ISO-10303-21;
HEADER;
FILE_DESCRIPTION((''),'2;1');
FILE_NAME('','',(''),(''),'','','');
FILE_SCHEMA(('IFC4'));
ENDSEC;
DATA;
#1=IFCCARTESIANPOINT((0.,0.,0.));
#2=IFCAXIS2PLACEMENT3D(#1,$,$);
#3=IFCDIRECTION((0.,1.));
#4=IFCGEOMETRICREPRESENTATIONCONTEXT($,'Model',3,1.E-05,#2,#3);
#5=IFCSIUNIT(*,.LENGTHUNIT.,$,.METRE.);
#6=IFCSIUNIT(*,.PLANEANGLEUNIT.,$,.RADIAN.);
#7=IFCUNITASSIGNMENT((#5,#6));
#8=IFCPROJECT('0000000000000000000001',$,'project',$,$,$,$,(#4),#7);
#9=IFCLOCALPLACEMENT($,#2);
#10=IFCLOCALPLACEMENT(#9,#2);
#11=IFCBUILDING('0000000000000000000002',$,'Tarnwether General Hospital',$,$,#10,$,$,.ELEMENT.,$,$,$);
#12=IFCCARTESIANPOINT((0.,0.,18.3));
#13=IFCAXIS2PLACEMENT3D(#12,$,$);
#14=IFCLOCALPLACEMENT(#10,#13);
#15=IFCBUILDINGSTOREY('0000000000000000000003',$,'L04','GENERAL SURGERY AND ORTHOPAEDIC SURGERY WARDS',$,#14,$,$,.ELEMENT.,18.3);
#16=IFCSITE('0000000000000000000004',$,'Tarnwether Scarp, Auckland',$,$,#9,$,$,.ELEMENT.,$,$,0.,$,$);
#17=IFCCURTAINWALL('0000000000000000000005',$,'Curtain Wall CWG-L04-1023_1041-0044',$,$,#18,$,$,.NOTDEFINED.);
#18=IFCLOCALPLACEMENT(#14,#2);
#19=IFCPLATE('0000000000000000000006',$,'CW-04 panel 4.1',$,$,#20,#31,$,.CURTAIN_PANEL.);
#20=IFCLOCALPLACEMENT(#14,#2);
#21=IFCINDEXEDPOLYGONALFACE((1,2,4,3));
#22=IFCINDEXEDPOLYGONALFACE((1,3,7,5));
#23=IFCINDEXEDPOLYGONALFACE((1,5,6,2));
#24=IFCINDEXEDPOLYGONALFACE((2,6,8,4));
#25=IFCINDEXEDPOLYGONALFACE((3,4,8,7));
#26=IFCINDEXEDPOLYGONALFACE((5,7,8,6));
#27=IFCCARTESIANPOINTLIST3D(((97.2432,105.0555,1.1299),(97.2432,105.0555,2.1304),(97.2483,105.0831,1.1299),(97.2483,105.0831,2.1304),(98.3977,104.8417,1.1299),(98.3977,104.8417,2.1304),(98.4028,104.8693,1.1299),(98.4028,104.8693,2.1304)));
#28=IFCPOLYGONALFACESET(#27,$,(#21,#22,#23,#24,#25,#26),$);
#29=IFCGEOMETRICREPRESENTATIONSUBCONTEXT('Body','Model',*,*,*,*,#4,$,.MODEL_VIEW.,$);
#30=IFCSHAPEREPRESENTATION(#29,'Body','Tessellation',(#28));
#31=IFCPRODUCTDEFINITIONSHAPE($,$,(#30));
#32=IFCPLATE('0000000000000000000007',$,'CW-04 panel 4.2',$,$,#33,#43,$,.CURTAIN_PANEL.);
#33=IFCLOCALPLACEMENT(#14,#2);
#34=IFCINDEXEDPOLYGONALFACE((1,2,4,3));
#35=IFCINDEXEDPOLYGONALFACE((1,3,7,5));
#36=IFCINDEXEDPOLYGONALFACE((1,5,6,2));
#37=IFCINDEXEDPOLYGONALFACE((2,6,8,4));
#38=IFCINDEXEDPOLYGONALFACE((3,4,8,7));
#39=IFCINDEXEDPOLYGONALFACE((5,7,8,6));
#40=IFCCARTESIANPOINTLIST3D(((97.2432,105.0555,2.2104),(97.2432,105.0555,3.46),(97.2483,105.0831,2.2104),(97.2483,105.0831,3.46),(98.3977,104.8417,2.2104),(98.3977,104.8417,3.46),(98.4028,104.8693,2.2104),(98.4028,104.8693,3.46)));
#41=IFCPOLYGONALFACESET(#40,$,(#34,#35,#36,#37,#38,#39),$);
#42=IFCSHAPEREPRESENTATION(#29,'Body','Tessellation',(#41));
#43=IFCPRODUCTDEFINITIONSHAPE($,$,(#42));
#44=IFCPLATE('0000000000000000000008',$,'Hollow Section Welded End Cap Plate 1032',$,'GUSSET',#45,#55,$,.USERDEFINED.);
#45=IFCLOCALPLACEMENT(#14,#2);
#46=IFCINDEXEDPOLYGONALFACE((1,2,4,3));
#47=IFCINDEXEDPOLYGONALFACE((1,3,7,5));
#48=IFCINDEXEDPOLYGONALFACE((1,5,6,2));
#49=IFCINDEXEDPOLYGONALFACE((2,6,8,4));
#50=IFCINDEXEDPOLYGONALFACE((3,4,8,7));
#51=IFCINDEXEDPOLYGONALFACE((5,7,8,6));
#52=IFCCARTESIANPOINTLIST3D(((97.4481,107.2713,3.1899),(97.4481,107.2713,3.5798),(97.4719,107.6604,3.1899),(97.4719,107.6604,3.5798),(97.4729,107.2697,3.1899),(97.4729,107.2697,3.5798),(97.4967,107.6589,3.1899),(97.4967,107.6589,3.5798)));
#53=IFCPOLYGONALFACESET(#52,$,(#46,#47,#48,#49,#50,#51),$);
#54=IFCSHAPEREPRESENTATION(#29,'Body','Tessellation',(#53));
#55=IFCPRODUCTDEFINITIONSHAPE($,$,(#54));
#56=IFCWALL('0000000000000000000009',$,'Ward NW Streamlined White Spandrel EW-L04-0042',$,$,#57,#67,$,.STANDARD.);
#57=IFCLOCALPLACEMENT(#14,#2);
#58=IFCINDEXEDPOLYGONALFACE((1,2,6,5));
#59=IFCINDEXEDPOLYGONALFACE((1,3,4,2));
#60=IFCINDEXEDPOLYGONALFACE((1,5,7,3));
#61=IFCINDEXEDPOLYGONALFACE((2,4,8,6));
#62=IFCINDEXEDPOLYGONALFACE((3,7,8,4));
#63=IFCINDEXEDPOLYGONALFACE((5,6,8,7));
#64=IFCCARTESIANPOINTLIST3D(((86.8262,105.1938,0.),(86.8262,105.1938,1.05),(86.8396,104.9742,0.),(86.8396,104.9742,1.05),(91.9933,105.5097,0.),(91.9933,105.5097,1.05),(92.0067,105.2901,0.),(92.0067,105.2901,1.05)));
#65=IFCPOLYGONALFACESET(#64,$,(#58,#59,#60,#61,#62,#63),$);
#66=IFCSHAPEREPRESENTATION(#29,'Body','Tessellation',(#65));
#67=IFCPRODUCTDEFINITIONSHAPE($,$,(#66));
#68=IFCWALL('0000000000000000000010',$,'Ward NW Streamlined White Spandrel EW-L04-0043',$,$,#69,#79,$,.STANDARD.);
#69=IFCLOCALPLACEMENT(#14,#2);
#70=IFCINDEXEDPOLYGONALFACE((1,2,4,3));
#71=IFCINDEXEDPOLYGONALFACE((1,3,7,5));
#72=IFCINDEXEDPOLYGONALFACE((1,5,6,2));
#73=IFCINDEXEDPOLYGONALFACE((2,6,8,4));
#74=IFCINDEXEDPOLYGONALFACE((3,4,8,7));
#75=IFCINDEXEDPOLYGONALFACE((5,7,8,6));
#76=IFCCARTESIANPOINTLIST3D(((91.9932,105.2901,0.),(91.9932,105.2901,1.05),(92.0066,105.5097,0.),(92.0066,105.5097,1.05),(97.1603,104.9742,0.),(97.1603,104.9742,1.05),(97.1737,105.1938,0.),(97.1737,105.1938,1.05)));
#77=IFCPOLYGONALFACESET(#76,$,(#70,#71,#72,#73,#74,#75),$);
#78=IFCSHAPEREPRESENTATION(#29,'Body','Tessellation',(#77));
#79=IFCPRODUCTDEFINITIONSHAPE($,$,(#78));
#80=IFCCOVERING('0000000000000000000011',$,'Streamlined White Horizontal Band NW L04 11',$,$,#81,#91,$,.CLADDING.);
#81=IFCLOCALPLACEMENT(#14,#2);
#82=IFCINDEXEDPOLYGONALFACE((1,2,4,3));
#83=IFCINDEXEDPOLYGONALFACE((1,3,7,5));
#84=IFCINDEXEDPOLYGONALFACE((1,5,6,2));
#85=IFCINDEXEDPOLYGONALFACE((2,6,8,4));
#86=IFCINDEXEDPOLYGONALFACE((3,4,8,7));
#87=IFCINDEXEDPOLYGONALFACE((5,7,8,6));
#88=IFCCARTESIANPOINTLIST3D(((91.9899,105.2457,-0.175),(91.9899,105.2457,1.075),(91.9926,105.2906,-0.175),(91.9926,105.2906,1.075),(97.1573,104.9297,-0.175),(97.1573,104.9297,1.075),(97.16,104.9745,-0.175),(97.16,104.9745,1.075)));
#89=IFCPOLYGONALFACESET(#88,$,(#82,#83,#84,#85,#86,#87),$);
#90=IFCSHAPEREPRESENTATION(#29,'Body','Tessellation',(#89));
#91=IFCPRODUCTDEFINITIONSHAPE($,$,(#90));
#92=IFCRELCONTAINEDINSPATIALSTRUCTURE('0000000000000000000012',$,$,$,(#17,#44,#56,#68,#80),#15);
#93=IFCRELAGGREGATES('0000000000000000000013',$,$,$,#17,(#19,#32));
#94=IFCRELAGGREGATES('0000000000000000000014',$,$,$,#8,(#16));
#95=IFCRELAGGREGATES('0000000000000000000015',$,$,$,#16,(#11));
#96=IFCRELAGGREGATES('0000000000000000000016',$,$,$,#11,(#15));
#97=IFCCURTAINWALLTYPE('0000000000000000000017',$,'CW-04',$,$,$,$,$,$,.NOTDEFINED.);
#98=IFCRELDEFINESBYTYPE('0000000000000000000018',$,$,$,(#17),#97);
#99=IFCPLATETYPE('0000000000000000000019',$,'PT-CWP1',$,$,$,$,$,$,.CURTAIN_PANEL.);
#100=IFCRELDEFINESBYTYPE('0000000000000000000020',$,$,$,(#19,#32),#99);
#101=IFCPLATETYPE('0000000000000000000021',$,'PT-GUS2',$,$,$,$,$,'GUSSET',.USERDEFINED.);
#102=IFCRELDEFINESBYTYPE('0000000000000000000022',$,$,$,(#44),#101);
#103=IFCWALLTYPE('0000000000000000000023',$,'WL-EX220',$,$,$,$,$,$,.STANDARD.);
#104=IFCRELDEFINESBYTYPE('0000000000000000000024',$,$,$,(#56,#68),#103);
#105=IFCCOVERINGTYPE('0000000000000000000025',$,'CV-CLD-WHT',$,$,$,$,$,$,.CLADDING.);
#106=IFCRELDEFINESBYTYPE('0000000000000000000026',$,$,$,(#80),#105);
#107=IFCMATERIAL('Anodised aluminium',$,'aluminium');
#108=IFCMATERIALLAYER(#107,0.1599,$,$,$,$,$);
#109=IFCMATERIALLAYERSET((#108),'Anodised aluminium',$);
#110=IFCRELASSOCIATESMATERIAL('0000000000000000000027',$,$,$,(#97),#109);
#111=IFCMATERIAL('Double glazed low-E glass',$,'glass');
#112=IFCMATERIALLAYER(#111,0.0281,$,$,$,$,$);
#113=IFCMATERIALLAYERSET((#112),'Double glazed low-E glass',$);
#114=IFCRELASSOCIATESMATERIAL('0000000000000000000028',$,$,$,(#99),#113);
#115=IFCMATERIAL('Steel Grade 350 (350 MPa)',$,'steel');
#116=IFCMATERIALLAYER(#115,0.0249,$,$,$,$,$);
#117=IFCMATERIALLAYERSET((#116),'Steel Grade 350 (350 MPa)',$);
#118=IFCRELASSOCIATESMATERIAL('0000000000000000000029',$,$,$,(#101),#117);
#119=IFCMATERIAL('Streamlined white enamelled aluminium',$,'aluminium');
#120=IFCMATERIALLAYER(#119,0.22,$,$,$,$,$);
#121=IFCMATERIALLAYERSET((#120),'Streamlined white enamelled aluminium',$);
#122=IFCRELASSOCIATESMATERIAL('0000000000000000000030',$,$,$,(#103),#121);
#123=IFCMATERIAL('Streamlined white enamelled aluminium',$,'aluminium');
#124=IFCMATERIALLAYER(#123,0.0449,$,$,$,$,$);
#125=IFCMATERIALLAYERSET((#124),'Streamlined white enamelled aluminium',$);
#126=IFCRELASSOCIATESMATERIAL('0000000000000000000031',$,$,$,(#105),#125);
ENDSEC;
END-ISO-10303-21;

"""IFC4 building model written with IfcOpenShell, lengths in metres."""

from ifc_helpers import new_model, si_unit, direction, frame, frame_2d, origin, origin_2d, place, context, subcontext, project, spatial, rectangle, extrude, material, layer, layer_set, type_object, element, aggregate, save


model = new_model("IFC4")

# Units and contexts
model_context = context("Model", 3, precision=1e-05, world=origin(), true_north=direction((0.0, 1.0)))
body_context = subcontext(model_context, "Body", "Model", "MODEL_VIEW")
ifc_project = project(units=[si_unit("LENGTHUNIT", "METRE"), si_unit("PLANEANGLEUNIT", "RADIAN")], contexts=[model_context])

# Site, building, storey
site_placement = place(None, origin())
site = spatial("IfcSite", under=ifc_project, at=site_placement, Name="Tarnwether Scarp, Auckland", CompositionType="ELEMENT", RefElevation=0.0)
building_placement = place(site_placement, origin())
building = spatial("IfcBuilding", under=site, at=building_placement, Name="Tarnwether General Hospital", CompositionType="ELEMENT")
storey_placement = place(building_placement, frame((0.0, 0.0, 18.3)))
storey = spatial("IfcBuildingStorey", under=building, at=storey_placement, Name="L04", Description="GENERAL SURGERY AND ORTHOPAEDIC SURGERY WARDS", CompositionType="ELEMENT", Elevation=18.3)

# Shared definitions
ifc_material_1 = material(Name="Anodised aluminium", Category="aluminium")
ifc_layer_1 = layer(ifc_material_1, 0.1599)
ifc_layer_set_1 = layer_set([ifc_layer_1], Name="Anodised aluminium")
curtain_wall_type = type_object("IfcCurtainWallType", Name="CW-04", PredefinedType="NOTDEFINED", material=ifc_layer_set_1)

# Curtain wall
curtain_wall_1_placement = place(storey_placement, origin())
curtain_wall_1 = element("IfcCurtainWall", 1, at=curtain_wall_1_placement, inside=storey, type_object=curtain_wall_type, Name="Curtain Wall CWG-L04-1023_1041-0044", PredefinedType="NOTDEFINED")

# Plates
ifc_material_2 = material(Name="Double glazed low-E glass", Category="glass")
ifc_layer_2 = layer(ifc_material_2, 0.0281)
ifc_layer_set_2 = layer_set([ifc_layer_2], Name="Double glazed low-E glass")
plate_type_1 = type_object("IfcPlateType", Name="PT-CWP1", PredefinedType="CURTAIN_PANEL", material=ifc_layer_set_2)
plate_1_placement = place(storey_placement, frame((97.823, 104.9624, 1.1299), z_axis=(0.0, 0.0, 1.0), x_axis=(-0.983268, 0.182165, 0.0)))
plate_1 = element("IfcPlate", 2, at=plate_1_placement, type_object=plate_type_1, Name="CW-04 panel 4.1", PredefinedType="CURTAIN_PANEL", context=body_context, shape_type="SweptSolid", body=[
    extrude(rectangle(XDim=1.1741, YDim=0.0281, at=origin_2d()), origin(), (0.0, 0.0, 1.0), 1.0005),
])
plate_2_placement = place(storey_placement, frame((97.823, 104.9624, 2.2104), z_axis=(0.0, 0.0, 1.0), x_axis=(-0.983268, 0.182165, 0.0)))
plate_2 = element("IfcPlate", 3, at=plate_2_placement, type_object=plate_type_1, Name="CW-04 panel 4.2", PredefinedType="CURTAIN_PANEL", context=body_context, shape_type="SweptSolid", body=[
    extrude(rectangle(XDim=1.1741, YDim=0.0281, at=origin_2d()), origin(), (0.0, 0.0, 1.0), 1.2495),
])
aggregate(curtain_wall_1, [plate_1, plate_2])
ifc_material_3 = material(Name="Steel Grade 350 (350 MPa)", Category="steel")
ifc_layer_3 = layer(ifc_material_3, 0.0249)
ifc_layer_set_3 = layer_set([ifc_layer_3], Name="Steel Grade 350 (350 MPa)")
plate_type_2 = type_object("IfcPlateType", Name="PT-GUS2", ElementType="GUSSET", PredefinedType="USERDEFINED", material=ifc_layer_set_3)
plate_3_placement = place(storey_placement, frame((97.4724, 107.4651, 3.1899), z_axis=(0.0, 0.0, 1.0), x_axis=(0.998134, -0.061066, 0.0)))
element("IfcPlate", 4, at=plate_3_placement, inside=storey, type_object=plate_type_2, Name="Hollow Section Welded End Cap Plate 1032", ObjectType="GUSSET", PredefinedType="USERDEFINED", context=body_context, shape_type="SweptSolid", body=[
    extrude(rectangle(XDim=0.0249, YDim=0.3899, at=origin_2d()), origin(), (0.0, 0.0, 1.0), 0.3899),
])

# Walls
ifc_material_4 = material(Name="Streamlined white enamelled aluminium", Category="aluminium")
ifc_layer_4 = layer(ifc_material_4, 0.22)
ifc_layer_set_4 = layer_set([ifc_layer_4], Name="Streamlined white enamelled aluminium")
wall_type = type_object("IfcWallType", Name="WL-EX220", PredefinedType="STANDARD", material=ifc_layer_set_4)
for number, where, z_axis, x_axis, name in (
    (5, (92.0, 105.3999, 0.0), (0.0, 0.0, 1.0), (-0.998136, -0.061028, 0.0), "Ward NW Streamlined White Spandrel EW-L04-0042"),
    (6, (97.167, 105.084, 0.0), (0.0, 0.0, 1.0), (-0.998136, 0.061028, 0.0), "Ward NW Streamlined White Spandrel EW-L04-0043"),
):
    element("IfcWall", number, at=place(storey_placement, frame(where, z_axis=z_axis, x_axis=x_axis)), inside=storey, type_object=wall_type, Name=name, PredefinedType="STANDARD", context=body_context, shape_type="SweptSolid", body=[
        extrude(rectangle(XDim=5.1768, YDim=0.22, at=frame_2d((2.5884, 0.0))), origin(), (0.0, 0.0, 1.0), 1.05),
    ])

# Covering
ifc_material_5 = material(Name="Streamlined white enamelled aluminium", Category="aluminium")
ifc_layer_5 = layer(ifc_material_5, 0.0449)
ifc_layer_set_5 = layer_set([ifc_layer_5], Name="Streamlined white enamelled aluminium")
covering_type = type_object("IfcCoveringType", Name="CV-CLD-WHT", PredefinedType="CLADDING", material=ifc_layer_set_5)
covering_placement = place(storey_placement, frame((94.575, 105.1101, -0.175), z_axis=(0.0, 0.0, 1.0), x_axis=(-0.998135, 0.061049, 0.0)))
element("IfcCovering", 7, at=covering_placement, inside=storey, type_object=covering_type, Name="Streamlined White Horizontal Band NW L04 11", PredefinedType="CLADDING", context=body_context, shape_type="SweptSolid", body=[
    extrude(rectangle(XDim=5.177, YDim=0.0449, at=origin_2d()), origin(), (0.0, 0.0, 1.0), 1.25),
])

save(model, "model.ifc")
